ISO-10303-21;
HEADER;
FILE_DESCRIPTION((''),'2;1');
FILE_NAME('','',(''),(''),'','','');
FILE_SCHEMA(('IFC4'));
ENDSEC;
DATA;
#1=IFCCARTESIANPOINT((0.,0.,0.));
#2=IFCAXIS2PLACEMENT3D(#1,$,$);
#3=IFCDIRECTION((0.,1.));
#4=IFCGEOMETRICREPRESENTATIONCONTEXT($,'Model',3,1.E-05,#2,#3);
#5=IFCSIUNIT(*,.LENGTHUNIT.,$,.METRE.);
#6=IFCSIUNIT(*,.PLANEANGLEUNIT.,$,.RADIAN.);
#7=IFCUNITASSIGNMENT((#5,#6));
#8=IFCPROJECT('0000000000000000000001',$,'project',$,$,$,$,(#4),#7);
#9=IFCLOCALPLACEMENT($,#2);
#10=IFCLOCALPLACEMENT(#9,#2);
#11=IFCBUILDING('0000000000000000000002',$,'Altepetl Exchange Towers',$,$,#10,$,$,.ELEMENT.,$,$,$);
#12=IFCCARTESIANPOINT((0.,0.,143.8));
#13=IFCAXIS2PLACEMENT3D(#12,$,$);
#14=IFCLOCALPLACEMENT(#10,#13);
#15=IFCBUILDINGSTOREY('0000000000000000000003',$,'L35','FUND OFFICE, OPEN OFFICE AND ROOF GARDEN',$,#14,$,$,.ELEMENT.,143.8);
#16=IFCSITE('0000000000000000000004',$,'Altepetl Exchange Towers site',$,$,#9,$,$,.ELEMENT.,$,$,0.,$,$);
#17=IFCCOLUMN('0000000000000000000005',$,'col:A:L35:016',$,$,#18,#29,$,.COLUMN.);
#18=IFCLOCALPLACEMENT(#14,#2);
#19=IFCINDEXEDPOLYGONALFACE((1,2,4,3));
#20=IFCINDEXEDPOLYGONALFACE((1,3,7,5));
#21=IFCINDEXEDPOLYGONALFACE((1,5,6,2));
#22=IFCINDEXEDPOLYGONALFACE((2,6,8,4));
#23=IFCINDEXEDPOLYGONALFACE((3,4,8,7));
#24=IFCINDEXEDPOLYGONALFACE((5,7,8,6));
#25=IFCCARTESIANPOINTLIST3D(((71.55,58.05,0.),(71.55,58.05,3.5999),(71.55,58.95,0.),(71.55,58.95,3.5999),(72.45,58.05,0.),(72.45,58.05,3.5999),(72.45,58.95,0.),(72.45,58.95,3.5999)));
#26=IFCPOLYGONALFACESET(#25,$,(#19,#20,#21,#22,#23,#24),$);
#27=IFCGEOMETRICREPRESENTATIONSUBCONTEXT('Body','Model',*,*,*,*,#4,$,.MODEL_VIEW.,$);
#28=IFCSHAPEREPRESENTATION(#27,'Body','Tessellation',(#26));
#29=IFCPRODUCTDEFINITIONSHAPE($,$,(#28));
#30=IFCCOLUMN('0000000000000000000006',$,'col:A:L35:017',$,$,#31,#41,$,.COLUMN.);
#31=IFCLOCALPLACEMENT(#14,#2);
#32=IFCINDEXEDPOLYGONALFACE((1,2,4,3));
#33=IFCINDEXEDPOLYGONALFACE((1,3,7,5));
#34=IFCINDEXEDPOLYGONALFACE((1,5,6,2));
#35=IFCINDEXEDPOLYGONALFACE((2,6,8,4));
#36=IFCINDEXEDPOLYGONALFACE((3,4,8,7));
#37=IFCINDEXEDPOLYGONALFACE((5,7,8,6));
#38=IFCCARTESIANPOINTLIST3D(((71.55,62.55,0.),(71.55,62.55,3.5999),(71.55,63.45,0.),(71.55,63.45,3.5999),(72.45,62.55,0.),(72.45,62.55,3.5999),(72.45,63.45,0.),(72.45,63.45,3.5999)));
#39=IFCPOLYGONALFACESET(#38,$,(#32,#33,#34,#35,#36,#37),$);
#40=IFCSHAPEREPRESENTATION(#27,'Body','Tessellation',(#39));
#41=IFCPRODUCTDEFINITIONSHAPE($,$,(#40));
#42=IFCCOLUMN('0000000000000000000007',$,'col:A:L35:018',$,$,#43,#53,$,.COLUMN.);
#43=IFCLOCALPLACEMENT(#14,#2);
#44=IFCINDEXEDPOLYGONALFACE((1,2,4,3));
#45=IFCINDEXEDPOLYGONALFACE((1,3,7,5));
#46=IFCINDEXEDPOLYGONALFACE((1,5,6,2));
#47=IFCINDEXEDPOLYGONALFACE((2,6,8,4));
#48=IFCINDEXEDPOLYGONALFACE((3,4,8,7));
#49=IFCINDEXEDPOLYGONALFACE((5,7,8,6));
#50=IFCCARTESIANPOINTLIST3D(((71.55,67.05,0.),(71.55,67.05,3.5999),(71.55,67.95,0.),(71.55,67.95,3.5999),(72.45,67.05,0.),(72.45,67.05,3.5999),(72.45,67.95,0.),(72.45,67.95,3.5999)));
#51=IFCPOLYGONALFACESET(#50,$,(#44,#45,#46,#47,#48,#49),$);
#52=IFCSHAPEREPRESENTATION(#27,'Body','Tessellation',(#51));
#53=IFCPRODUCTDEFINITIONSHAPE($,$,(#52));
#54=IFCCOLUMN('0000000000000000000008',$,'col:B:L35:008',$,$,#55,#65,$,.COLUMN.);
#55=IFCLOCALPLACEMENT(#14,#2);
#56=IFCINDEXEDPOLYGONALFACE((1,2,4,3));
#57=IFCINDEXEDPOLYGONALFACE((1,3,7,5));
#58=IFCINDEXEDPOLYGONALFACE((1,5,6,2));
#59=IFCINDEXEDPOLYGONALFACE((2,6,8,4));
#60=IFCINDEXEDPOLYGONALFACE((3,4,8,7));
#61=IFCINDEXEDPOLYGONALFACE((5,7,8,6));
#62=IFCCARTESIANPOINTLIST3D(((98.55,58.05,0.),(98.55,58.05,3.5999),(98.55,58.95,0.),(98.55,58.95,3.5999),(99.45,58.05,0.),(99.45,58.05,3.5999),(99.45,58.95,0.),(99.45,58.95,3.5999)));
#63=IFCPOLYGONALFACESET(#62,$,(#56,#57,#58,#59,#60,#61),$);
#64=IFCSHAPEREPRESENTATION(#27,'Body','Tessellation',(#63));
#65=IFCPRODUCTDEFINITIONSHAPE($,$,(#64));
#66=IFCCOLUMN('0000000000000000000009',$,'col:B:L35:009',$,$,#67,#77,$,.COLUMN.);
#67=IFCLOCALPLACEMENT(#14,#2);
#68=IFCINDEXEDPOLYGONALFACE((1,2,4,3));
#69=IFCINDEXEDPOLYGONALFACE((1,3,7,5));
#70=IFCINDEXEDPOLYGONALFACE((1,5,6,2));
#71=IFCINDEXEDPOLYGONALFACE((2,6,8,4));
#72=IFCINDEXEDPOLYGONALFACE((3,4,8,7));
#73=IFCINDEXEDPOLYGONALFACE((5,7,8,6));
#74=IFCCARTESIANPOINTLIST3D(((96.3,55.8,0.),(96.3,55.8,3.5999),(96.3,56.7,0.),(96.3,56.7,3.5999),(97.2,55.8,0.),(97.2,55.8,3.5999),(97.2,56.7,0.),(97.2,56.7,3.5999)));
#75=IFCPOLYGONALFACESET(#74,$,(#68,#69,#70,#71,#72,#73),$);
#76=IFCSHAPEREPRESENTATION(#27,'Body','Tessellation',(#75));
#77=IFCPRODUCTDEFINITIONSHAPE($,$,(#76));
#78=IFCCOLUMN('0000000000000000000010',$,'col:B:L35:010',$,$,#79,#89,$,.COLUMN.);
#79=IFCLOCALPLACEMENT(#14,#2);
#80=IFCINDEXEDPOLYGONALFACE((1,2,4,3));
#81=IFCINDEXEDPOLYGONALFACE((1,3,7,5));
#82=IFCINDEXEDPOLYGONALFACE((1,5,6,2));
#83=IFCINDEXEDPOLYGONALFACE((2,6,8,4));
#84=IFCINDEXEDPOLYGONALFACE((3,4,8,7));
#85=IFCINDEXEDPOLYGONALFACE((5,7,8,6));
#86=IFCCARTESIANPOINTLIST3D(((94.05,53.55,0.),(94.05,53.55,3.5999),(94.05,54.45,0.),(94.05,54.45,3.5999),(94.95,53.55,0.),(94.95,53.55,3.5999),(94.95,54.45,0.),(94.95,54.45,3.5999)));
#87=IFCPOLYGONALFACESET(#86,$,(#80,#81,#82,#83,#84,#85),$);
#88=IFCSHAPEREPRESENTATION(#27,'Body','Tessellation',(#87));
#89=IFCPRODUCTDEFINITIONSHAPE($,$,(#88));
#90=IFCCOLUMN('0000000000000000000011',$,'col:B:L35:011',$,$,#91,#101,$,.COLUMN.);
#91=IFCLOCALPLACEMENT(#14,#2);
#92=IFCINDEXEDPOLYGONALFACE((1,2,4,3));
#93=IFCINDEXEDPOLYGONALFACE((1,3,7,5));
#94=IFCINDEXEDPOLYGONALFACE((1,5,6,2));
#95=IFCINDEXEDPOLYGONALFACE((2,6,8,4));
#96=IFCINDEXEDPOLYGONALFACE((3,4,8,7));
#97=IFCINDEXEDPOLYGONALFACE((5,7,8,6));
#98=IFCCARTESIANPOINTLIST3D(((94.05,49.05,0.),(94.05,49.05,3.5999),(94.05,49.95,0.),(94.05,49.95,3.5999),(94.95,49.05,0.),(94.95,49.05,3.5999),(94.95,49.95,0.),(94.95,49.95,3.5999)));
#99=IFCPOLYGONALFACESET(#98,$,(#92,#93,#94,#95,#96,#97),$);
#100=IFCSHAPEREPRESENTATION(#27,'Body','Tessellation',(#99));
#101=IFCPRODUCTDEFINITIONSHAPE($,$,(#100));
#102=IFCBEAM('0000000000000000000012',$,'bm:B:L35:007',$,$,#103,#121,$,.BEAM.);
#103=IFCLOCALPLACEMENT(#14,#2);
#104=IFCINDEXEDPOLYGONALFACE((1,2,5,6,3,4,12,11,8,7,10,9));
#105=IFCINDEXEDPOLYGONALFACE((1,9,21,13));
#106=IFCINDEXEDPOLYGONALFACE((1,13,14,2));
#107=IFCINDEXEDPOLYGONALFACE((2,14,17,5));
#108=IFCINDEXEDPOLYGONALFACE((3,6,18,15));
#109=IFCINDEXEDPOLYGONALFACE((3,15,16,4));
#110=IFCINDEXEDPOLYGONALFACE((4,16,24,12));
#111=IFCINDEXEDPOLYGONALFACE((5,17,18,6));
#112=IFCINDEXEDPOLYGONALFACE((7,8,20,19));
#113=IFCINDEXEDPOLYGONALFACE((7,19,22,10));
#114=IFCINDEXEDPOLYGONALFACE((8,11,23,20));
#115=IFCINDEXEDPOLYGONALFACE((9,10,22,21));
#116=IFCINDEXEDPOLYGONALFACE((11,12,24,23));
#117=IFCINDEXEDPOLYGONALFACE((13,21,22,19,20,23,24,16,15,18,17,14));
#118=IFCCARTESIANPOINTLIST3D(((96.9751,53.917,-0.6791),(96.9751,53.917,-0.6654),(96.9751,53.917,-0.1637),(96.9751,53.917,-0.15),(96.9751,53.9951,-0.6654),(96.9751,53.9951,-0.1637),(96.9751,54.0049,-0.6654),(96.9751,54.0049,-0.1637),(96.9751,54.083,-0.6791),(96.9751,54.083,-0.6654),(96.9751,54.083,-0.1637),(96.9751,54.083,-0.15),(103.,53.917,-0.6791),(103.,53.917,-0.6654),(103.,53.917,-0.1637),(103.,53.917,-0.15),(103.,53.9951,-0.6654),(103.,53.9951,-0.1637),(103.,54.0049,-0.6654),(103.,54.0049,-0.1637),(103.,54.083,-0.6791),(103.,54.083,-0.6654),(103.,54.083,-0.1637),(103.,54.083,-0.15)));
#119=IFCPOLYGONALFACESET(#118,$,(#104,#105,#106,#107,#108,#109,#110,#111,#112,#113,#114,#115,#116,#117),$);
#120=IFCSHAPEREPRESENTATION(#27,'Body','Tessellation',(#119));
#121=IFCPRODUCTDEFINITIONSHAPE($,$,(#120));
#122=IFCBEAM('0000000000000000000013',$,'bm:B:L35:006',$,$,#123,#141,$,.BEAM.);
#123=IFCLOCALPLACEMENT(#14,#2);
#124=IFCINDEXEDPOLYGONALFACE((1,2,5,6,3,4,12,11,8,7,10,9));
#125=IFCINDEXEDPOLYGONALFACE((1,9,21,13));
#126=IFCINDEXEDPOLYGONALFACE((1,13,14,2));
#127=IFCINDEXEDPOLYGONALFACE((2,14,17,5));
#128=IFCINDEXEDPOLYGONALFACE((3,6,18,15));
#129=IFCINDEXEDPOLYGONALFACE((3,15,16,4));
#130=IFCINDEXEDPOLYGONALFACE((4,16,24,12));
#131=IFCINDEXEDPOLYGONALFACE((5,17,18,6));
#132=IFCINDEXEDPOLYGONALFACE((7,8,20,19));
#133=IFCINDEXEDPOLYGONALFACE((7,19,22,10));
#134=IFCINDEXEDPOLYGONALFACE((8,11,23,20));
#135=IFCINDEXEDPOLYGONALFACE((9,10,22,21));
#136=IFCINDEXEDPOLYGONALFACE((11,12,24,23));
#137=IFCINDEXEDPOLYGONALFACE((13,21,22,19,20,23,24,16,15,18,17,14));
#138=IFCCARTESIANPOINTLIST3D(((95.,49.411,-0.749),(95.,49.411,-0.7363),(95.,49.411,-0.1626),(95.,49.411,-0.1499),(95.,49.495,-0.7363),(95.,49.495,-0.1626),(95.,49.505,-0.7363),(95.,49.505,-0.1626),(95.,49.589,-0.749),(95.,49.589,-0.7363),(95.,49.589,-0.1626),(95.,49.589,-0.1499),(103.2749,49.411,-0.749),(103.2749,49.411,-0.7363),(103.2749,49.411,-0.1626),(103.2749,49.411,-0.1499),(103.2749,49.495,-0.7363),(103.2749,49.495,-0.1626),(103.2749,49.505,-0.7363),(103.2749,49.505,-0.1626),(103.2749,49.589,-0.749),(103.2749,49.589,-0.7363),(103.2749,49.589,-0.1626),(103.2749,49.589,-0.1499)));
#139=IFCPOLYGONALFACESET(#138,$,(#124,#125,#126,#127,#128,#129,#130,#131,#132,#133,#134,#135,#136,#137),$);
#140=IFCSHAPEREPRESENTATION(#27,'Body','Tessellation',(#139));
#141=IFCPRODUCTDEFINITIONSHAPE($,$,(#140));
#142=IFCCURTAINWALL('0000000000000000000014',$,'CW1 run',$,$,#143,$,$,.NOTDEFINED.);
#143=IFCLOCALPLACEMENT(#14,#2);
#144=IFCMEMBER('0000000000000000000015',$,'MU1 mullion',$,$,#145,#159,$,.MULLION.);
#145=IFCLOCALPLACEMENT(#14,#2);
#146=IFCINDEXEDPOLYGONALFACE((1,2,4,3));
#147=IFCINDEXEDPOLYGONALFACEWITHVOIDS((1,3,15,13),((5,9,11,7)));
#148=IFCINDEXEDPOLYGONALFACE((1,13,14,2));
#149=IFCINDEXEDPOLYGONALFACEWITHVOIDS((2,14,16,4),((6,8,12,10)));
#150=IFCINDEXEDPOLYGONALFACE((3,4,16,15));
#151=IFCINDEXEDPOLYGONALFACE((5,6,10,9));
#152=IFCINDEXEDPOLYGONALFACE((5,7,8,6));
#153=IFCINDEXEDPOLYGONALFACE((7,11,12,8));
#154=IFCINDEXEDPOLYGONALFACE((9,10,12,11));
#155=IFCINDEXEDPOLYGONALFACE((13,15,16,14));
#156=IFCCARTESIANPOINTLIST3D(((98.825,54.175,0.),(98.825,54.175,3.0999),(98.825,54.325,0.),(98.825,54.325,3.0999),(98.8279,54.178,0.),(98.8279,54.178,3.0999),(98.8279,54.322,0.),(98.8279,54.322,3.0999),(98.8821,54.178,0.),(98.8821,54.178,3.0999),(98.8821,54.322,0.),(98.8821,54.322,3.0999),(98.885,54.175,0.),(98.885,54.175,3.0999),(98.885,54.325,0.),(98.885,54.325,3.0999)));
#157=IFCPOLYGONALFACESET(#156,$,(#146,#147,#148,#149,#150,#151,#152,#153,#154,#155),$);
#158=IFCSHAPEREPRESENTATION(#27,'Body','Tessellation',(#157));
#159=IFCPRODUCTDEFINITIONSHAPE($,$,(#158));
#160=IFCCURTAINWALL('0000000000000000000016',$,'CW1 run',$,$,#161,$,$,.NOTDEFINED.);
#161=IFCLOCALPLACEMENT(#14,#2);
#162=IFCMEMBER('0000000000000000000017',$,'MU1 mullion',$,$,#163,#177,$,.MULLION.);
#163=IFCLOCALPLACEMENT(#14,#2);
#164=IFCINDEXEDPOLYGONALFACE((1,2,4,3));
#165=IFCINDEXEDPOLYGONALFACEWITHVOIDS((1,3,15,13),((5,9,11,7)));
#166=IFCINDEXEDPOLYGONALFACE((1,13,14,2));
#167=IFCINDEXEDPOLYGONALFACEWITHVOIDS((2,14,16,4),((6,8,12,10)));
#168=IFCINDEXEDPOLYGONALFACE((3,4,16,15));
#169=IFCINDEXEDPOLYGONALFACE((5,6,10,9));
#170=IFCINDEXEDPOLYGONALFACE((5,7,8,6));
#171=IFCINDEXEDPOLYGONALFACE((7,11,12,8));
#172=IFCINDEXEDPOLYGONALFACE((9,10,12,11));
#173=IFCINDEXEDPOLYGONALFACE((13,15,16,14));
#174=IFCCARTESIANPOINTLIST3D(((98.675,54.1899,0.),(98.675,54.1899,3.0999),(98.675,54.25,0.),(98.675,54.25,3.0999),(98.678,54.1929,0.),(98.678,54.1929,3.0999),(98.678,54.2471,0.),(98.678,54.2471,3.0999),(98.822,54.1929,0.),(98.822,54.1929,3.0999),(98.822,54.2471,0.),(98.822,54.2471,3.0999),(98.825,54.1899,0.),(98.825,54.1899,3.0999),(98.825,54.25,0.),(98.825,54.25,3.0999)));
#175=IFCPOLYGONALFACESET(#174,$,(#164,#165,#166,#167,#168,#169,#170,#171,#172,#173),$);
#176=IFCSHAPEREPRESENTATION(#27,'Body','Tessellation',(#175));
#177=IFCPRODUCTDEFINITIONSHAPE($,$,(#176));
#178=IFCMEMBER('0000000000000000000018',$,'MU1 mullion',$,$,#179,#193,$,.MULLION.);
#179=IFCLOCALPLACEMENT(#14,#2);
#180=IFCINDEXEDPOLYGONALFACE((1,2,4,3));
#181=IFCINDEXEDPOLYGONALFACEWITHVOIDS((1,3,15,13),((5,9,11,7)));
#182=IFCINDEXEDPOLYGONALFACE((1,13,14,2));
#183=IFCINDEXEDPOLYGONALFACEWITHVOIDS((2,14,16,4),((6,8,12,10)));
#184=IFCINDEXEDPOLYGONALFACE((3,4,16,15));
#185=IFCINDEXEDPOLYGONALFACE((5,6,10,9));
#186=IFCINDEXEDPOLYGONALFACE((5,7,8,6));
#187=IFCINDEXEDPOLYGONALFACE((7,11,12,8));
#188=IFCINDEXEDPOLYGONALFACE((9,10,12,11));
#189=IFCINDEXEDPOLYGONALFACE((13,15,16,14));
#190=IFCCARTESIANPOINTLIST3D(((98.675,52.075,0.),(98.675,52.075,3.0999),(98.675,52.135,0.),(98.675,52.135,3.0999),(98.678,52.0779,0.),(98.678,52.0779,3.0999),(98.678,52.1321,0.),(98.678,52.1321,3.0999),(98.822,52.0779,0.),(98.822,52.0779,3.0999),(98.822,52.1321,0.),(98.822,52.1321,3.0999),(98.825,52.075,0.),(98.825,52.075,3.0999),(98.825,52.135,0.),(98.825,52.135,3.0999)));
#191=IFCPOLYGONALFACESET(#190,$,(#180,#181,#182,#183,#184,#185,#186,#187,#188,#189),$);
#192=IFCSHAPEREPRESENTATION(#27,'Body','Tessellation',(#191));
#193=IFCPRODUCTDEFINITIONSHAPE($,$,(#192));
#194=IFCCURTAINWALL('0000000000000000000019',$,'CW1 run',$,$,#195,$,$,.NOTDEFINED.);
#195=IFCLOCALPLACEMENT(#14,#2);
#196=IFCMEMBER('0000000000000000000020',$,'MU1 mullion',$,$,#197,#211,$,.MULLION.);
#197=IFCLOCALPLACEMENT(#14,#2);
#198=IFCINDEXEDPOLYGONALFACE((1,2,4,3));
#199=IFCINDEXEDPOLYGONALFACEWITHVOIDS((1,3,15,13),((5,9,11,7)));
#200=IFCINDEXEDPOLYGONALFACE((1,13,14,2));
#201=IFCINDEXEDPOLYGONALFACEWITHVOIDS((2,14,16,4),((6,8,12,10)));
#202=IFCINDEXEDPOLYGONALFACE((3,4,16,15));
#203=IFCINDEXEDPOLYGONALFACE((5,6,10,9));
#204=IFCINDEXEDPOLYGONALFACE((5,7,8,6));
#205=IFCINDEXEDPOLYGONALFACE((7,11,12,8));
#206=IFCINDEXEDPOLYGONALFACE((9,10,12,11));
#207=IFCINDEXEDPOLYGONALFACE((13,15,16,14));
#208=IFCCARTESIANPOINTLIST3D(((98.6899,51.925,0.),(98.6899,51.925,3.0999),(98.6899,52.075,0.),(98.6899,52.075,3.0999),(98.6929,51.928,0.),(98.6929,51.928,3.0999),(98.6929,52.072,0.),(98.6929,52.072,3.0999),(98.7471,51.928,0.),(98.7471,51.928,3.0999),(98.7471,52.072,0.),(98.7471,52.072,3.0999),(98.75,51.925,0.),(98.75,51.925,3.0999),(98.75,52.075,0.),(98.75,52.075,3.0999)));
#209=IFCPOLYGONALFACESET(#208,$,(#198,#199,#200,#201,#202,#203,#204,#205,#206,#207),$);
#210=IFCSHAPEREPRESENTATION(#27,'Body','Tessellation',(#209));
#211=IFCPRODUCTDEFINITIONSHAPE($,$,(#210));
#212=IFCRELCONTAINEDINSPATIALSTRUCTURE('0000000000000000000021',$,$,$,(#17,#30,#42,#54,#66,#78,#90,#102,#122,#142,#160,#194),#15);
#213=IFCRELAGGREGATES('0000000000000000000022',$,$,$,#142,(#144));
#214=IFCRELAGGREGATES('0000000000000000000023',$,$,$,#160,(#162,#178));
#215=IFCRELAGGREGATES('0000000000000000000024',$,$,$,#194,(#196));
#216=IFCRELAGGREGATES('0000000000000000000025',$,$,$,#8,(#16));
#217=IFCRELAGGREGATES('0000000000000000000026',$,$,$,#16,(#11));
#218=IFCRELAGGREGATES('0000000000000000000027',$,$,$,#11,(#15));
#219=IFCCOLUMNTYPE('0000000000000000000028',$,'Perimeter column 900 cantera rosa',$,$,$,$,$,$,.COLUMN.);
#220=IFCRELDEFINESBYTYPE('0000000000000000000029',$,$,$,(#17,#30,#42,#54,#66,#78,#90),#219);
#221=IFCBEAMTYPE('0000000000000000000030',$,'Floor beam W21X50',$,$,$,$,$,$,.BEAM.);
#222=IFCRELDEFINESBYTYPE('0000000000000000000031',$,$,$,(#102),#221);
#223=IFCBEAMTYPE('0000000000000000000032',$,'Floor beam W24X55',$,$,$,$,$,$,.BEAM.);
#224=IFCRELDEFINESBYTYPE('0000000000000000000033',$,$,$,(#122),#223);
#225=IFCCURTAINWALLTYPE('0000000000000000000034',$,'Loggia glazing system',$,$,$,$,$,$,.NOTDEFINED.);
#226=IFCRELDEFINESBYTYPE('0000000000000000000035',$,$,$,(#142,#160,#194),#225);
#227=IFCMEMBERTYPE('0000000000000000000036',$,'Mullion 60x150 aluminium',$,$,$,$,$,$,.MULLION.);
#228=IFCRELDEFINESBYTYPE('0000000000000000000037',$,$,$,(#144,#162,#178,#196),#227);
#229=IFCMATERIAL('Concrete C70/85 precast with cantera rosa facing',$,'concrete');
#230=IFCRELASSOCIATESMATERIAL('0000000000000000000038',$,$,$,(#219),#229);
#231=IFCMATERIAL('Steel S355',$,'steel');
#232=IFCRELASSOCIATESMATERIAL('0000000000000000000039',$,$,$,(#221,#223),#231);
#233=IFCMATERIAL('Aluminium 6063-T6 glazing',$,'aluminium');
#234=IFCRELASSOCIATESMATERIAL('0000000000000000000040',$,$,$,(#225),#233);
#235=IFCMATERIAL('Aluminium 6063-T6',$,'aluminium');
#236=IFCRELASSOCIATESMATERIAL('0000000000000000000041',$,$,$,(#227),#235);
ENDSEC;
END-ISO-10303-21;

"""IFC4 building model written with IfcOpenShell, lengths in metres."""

from ifc_helpers import new_model, si_unit, direction, frame, origin, origin_2d, place, context, subcontext, project, spatial, rectangle, hollow_rectangle, i_section, extrude, material, material_profile, profile_set, type_object, element, aggregate, save


model = new_model("IFC4")

# Units and contexts
model_context = context("Model", 3, precision=1e-05, world=origin(), true_north=direction((0.0, 1.0)))
body_context = subcontext(model_context, "Body", "Model", "MODEL_VIEW")
ifc_project = project(units=[si_unit("LENGTHUNIT", "METRE"), si_unit("PLANEANGLEUNIT", "RADIAN")], contexts=[model_context])

# Site, building, storey
site_placement = place(None, origin())
site = spatial("IfcSite", under=ifc_project, at=site_placement, Name="Altepetl Exchange Towers site", CompositionType="ELEMENT", RefElevation=0.0)
building_placement = place(site_placement, origin())
building = spatial("IfcBuilding", under=site, at=building_placement, Name="Altepetl Exchange Towers", CompositionType="ELEMENT")
storey_placement = place(building_placement, frame((0.0, 0.0, 143.8)))
storey = spatial("IfcBuildingStorey", under=building, at=storey_placement, Name="L35", Description="FUND OFFICE, OPEN OFFICE AND ROOF GARDEN", CompositionType="ELEMENT", Elevation=143.8)

# Columns
ifc_material_1 = material(Name="Concrete C70/85 precast with cantera rosa facing", Category="concrete")
ifc_material_profile_1 = material_profile(ifc_material_1, rectangle(XDim=0.8999, YDim=0.8999, at=origin_2d()), Name="900 x 900")
ifc_profile_set_1 = profile_set([ifc_material_profile_1], Name="Concrete C70/85 precast with cantera rosa facing")
column_type = type_object("IfcColumnType", Name="Perimeter column 900 cantera rosa", PredefinedType="COLUMN", material=ifc_profile_set_1)
for number, where, name in (
    (1, (72.0, 58.5, 0.0), "col:A:L35:016"),
    (2, (72.0, 63.0, 0.0), "col:A:L35:017"),
    (3, (72.0, 67.5, 0.0), "col:A:L35:018"),
    (4, (99.0, 58.5, 0.0), "col:B:L35:008"),
    (5, (96.75, 56.25, 0.0), "col:B:L35:009"),
    (6, (94.5, 54.0, 0.0), "col:B:L35:010"),
    (7, (94.5, 49.5, 0.0), "col:B:L35:011"),
):
    element("IfcColumn", number, at=place(storey_placement, frame(where)), inside=storey, type_object=column_type, Name=name, PredefinedType="COLUMN", context=body_context, shape_type="SweptSolid", body=[
        extrude(rectangle(XDim=0.8999, YDim=0.8999, at=origin_2d()), origin(), (0.0, 0.0, 1.0), 3.5999),
    ])

# Beams
ifc_material_2 = material(Name="Steel S355", Category="steel")
ifc_material_profile_2 = material_profile(ifc_material_2, i_section(OverallWidth=0.166, OverallDepth=0.5291, WebThickness=0.0098, FlangeThickness=0.0137, at=origin_2d()), Name="W21X50")
ifc_profile_set_2 = profile_set([ifc_material_profile_2], Name="Steel S355")
beam_type_1 = type_object("IfcBeamType", Name="Floor beam W21X50", PredefinedType="BEAM", material=ifc_profile_set_2)
beam_1_placement = place(storey_placement, frame((96.9751, 54.0, -0.4146), z_axis=(1.0, 0.0, 0.0), x_axis=(0.0, 1.0, 0.0)))
element("IfcBeam", 8, at=beam_1_placement, inside=storey, type_object=beam_type_1, Name="bm:B:L35:007", PredefinedType="BEAM", context=body_context, shape_type="SweptSolid", body=[
    extrude(i_section(OverallWidth=0.166, OverallDepth=0.5291, WebThickness=0.0098, FlangeThickness=0.0137, at=origin_2d()), origin(), (0.0, 0.0, 1.0), 6.0249),
])
ifc_material_profile_3 = material_profile(ifc_material_2, i_section(OverallWidth=0.178, OverallDepth=0.5991, WebThickness=0.01, FlangeThickness=0.0127, at=origin_2d()), Name="W24X55")
ifc_profile_set_3 = profile_set([ifc_material_profile_3], Name="Steel S355")
beam_type_2 = type_object("IfcBeamType", Name="Floor beam W24X55", PredefinedType="BEAM", material=ifc_profile_set_3)
beam_2_placement = place(storey_placement, frame((95.0, 49.5, -0.4495), z_axis=(1.0, 0.0, 0.0), x_axis=(0.0, 1.0, 0.0)))
element("IfcBeam", 9, at=beam_2_placement, inside=storey, type_object=beam_type_2, Name="bm:B:L35:006", PredefinedType="BEAM", context=body_context, shape_type="SweptSolid", body=[
    extrude(i_section(OverallWidth=0.178, OverallDepth=0.5991, WebThickness=0.01, FlangeThickness=0.0127, at=origin_2d()), origin(), (0.0, 0.0, 1.0), 8.2749),
])

# Curtain wall, member
ifc_material_3 = material(Name="Aluminium 6063-T6 glazing", Category="aluminium")
curtain_wall_type = type_object("IfcCurtainWallType", Name="Loggia glazing system", PredefinedType="NOTDEFINED", material=ifc_material_3)
curtain_wall_1_placement = place(storey_placement, origin())
curtain_wall_1 = element("IfcCurtainWall", 10, at=curtain_wall_1_placement, inside=storey, type_object=curtain_wall_type, Name="CW1 run", PredefinedType="NOTDEFINED")
ifc_material_4 = material(Name="Aluminium 6063-T6", Category="aluminium")
ifc_material_profile_4 = material_profile(ifc_material_4, hollow_rectangle(XDim=0.0601, YDim=0.1499, WallThickness=0.0029, at=origin_2d()), Name="Mullion 60x150 aluminium")
ifc_profile_set_4 = profile_set([ifc_material_profile_4], Name="Aluminium 6063-T6")
member_type = type_object("IfcMemberType", Name="Mullion 60x150 aluminium", PredefinedType="MULLION", material=ifc_profile_set_4)
member_1_placement = place(storey_placement, frame((98.855, 54.25, 0.0), z_axis=(0.0, 0.0, 1.0), x_axis=(-1.0, 0.0, 0.0)))
member_1 = element("IfcMember", 11, at=member_1_placement, type_object=member_type, Name="MU1 mullion", PredefinedType="MULLION", context=body_context, shape_type="SweptSolid", body=[
    extrude(hollow_rectangle(XDim=0.0601, YDim=0.1499, WallThickness=0.0029, at=origin_2d()), origin(), (0.0, 0.0, 1.0), 3.0999),
])
aggregate(curtain_wall_1, [member_1])

# Curtain walls, members
curtain_wall_2_placement = place(storey_placement, origin())
curtain_wall_2 = element("IfcCurtainWall", 12, at=curtain_wall_2_placement, inside=storey, type_object=curtain_wall_type, Name="CW1 run", PredefinedType="NOTDEFINED")
member_2_placement = place(storey_placement, frame((98.75, 54.22, 0.0), z_axis=(0.0, 0.0, 1.0), x_axis=(0.0, -1.0, 0.0)))
member_2 = element("IfcMember", 13, at=member_2_placement, type_object=member_type, Name="MU1 mullion", PredefinedType="MULLION", context=body_context, shape_type="SweptSolid", body=[
    extrude(hollow_rectangle(XDim=0.0601, YDim=0.1499, WallThickness=0.0029, at=origin_2d()), origin(), (0.0, 0.0, 1.0), 3.0999),
])
member_3_placement = place(storey_placement, frame((98.75, 52.105, 0.0), z_axis=(0.0, 0.0, 1.0), x_axis=(0.0, -1.0, 0.0)))
member_3 = element("IfcMember", 14, at=member_3_placement, type_object=member_type, Name="MU1 mullion", PredefinedType="MULLION", context=body_context, shape_type="SweptSolid", body=[
    extrude(hollow_rectangle(XDim=0.0601, YDim=0.1499, WallThickness=0.0029, at=origin_2d()), origin(), (0.0, 0.0, 1.0), 3.0999),
])
curtain_wall_3_placement = place(storey_placement, origin())
curtain_wall_3 = element("IfcCurtainWall", 15, at=curtain_wall_3_placement, inside=storey, type_object=curtain_wall_type, Name="CW1 run", PredefinedType="NOTDEFINED")
member_4_placement = place(storey_placement, frame((98.72, 52.0, 0.0), z_axis=(0.0, 0.0, 1.0), x_axis=(-1.0, 0.0, 0.0)))
member_4 = element("IfcMember", 16, at=member_4_placement, type_object=member_type, Name="MU1 mullion", PredefinedType="MULLION", context=body_context, shape_type="SweptSolid", body=[
    extrude(hollow_rectangle(XDim=0.0601, YDim=0.1499, WallThickness=0.0029, at=origin_2d()), origin(), (0.0, 0.0, 1.0), 3.0999),
])

aggregate(curtain_wall_2, [member_2, member_3])
aggregate(curtain_wall_3, [member_4])

save(model, "model.ifc")
